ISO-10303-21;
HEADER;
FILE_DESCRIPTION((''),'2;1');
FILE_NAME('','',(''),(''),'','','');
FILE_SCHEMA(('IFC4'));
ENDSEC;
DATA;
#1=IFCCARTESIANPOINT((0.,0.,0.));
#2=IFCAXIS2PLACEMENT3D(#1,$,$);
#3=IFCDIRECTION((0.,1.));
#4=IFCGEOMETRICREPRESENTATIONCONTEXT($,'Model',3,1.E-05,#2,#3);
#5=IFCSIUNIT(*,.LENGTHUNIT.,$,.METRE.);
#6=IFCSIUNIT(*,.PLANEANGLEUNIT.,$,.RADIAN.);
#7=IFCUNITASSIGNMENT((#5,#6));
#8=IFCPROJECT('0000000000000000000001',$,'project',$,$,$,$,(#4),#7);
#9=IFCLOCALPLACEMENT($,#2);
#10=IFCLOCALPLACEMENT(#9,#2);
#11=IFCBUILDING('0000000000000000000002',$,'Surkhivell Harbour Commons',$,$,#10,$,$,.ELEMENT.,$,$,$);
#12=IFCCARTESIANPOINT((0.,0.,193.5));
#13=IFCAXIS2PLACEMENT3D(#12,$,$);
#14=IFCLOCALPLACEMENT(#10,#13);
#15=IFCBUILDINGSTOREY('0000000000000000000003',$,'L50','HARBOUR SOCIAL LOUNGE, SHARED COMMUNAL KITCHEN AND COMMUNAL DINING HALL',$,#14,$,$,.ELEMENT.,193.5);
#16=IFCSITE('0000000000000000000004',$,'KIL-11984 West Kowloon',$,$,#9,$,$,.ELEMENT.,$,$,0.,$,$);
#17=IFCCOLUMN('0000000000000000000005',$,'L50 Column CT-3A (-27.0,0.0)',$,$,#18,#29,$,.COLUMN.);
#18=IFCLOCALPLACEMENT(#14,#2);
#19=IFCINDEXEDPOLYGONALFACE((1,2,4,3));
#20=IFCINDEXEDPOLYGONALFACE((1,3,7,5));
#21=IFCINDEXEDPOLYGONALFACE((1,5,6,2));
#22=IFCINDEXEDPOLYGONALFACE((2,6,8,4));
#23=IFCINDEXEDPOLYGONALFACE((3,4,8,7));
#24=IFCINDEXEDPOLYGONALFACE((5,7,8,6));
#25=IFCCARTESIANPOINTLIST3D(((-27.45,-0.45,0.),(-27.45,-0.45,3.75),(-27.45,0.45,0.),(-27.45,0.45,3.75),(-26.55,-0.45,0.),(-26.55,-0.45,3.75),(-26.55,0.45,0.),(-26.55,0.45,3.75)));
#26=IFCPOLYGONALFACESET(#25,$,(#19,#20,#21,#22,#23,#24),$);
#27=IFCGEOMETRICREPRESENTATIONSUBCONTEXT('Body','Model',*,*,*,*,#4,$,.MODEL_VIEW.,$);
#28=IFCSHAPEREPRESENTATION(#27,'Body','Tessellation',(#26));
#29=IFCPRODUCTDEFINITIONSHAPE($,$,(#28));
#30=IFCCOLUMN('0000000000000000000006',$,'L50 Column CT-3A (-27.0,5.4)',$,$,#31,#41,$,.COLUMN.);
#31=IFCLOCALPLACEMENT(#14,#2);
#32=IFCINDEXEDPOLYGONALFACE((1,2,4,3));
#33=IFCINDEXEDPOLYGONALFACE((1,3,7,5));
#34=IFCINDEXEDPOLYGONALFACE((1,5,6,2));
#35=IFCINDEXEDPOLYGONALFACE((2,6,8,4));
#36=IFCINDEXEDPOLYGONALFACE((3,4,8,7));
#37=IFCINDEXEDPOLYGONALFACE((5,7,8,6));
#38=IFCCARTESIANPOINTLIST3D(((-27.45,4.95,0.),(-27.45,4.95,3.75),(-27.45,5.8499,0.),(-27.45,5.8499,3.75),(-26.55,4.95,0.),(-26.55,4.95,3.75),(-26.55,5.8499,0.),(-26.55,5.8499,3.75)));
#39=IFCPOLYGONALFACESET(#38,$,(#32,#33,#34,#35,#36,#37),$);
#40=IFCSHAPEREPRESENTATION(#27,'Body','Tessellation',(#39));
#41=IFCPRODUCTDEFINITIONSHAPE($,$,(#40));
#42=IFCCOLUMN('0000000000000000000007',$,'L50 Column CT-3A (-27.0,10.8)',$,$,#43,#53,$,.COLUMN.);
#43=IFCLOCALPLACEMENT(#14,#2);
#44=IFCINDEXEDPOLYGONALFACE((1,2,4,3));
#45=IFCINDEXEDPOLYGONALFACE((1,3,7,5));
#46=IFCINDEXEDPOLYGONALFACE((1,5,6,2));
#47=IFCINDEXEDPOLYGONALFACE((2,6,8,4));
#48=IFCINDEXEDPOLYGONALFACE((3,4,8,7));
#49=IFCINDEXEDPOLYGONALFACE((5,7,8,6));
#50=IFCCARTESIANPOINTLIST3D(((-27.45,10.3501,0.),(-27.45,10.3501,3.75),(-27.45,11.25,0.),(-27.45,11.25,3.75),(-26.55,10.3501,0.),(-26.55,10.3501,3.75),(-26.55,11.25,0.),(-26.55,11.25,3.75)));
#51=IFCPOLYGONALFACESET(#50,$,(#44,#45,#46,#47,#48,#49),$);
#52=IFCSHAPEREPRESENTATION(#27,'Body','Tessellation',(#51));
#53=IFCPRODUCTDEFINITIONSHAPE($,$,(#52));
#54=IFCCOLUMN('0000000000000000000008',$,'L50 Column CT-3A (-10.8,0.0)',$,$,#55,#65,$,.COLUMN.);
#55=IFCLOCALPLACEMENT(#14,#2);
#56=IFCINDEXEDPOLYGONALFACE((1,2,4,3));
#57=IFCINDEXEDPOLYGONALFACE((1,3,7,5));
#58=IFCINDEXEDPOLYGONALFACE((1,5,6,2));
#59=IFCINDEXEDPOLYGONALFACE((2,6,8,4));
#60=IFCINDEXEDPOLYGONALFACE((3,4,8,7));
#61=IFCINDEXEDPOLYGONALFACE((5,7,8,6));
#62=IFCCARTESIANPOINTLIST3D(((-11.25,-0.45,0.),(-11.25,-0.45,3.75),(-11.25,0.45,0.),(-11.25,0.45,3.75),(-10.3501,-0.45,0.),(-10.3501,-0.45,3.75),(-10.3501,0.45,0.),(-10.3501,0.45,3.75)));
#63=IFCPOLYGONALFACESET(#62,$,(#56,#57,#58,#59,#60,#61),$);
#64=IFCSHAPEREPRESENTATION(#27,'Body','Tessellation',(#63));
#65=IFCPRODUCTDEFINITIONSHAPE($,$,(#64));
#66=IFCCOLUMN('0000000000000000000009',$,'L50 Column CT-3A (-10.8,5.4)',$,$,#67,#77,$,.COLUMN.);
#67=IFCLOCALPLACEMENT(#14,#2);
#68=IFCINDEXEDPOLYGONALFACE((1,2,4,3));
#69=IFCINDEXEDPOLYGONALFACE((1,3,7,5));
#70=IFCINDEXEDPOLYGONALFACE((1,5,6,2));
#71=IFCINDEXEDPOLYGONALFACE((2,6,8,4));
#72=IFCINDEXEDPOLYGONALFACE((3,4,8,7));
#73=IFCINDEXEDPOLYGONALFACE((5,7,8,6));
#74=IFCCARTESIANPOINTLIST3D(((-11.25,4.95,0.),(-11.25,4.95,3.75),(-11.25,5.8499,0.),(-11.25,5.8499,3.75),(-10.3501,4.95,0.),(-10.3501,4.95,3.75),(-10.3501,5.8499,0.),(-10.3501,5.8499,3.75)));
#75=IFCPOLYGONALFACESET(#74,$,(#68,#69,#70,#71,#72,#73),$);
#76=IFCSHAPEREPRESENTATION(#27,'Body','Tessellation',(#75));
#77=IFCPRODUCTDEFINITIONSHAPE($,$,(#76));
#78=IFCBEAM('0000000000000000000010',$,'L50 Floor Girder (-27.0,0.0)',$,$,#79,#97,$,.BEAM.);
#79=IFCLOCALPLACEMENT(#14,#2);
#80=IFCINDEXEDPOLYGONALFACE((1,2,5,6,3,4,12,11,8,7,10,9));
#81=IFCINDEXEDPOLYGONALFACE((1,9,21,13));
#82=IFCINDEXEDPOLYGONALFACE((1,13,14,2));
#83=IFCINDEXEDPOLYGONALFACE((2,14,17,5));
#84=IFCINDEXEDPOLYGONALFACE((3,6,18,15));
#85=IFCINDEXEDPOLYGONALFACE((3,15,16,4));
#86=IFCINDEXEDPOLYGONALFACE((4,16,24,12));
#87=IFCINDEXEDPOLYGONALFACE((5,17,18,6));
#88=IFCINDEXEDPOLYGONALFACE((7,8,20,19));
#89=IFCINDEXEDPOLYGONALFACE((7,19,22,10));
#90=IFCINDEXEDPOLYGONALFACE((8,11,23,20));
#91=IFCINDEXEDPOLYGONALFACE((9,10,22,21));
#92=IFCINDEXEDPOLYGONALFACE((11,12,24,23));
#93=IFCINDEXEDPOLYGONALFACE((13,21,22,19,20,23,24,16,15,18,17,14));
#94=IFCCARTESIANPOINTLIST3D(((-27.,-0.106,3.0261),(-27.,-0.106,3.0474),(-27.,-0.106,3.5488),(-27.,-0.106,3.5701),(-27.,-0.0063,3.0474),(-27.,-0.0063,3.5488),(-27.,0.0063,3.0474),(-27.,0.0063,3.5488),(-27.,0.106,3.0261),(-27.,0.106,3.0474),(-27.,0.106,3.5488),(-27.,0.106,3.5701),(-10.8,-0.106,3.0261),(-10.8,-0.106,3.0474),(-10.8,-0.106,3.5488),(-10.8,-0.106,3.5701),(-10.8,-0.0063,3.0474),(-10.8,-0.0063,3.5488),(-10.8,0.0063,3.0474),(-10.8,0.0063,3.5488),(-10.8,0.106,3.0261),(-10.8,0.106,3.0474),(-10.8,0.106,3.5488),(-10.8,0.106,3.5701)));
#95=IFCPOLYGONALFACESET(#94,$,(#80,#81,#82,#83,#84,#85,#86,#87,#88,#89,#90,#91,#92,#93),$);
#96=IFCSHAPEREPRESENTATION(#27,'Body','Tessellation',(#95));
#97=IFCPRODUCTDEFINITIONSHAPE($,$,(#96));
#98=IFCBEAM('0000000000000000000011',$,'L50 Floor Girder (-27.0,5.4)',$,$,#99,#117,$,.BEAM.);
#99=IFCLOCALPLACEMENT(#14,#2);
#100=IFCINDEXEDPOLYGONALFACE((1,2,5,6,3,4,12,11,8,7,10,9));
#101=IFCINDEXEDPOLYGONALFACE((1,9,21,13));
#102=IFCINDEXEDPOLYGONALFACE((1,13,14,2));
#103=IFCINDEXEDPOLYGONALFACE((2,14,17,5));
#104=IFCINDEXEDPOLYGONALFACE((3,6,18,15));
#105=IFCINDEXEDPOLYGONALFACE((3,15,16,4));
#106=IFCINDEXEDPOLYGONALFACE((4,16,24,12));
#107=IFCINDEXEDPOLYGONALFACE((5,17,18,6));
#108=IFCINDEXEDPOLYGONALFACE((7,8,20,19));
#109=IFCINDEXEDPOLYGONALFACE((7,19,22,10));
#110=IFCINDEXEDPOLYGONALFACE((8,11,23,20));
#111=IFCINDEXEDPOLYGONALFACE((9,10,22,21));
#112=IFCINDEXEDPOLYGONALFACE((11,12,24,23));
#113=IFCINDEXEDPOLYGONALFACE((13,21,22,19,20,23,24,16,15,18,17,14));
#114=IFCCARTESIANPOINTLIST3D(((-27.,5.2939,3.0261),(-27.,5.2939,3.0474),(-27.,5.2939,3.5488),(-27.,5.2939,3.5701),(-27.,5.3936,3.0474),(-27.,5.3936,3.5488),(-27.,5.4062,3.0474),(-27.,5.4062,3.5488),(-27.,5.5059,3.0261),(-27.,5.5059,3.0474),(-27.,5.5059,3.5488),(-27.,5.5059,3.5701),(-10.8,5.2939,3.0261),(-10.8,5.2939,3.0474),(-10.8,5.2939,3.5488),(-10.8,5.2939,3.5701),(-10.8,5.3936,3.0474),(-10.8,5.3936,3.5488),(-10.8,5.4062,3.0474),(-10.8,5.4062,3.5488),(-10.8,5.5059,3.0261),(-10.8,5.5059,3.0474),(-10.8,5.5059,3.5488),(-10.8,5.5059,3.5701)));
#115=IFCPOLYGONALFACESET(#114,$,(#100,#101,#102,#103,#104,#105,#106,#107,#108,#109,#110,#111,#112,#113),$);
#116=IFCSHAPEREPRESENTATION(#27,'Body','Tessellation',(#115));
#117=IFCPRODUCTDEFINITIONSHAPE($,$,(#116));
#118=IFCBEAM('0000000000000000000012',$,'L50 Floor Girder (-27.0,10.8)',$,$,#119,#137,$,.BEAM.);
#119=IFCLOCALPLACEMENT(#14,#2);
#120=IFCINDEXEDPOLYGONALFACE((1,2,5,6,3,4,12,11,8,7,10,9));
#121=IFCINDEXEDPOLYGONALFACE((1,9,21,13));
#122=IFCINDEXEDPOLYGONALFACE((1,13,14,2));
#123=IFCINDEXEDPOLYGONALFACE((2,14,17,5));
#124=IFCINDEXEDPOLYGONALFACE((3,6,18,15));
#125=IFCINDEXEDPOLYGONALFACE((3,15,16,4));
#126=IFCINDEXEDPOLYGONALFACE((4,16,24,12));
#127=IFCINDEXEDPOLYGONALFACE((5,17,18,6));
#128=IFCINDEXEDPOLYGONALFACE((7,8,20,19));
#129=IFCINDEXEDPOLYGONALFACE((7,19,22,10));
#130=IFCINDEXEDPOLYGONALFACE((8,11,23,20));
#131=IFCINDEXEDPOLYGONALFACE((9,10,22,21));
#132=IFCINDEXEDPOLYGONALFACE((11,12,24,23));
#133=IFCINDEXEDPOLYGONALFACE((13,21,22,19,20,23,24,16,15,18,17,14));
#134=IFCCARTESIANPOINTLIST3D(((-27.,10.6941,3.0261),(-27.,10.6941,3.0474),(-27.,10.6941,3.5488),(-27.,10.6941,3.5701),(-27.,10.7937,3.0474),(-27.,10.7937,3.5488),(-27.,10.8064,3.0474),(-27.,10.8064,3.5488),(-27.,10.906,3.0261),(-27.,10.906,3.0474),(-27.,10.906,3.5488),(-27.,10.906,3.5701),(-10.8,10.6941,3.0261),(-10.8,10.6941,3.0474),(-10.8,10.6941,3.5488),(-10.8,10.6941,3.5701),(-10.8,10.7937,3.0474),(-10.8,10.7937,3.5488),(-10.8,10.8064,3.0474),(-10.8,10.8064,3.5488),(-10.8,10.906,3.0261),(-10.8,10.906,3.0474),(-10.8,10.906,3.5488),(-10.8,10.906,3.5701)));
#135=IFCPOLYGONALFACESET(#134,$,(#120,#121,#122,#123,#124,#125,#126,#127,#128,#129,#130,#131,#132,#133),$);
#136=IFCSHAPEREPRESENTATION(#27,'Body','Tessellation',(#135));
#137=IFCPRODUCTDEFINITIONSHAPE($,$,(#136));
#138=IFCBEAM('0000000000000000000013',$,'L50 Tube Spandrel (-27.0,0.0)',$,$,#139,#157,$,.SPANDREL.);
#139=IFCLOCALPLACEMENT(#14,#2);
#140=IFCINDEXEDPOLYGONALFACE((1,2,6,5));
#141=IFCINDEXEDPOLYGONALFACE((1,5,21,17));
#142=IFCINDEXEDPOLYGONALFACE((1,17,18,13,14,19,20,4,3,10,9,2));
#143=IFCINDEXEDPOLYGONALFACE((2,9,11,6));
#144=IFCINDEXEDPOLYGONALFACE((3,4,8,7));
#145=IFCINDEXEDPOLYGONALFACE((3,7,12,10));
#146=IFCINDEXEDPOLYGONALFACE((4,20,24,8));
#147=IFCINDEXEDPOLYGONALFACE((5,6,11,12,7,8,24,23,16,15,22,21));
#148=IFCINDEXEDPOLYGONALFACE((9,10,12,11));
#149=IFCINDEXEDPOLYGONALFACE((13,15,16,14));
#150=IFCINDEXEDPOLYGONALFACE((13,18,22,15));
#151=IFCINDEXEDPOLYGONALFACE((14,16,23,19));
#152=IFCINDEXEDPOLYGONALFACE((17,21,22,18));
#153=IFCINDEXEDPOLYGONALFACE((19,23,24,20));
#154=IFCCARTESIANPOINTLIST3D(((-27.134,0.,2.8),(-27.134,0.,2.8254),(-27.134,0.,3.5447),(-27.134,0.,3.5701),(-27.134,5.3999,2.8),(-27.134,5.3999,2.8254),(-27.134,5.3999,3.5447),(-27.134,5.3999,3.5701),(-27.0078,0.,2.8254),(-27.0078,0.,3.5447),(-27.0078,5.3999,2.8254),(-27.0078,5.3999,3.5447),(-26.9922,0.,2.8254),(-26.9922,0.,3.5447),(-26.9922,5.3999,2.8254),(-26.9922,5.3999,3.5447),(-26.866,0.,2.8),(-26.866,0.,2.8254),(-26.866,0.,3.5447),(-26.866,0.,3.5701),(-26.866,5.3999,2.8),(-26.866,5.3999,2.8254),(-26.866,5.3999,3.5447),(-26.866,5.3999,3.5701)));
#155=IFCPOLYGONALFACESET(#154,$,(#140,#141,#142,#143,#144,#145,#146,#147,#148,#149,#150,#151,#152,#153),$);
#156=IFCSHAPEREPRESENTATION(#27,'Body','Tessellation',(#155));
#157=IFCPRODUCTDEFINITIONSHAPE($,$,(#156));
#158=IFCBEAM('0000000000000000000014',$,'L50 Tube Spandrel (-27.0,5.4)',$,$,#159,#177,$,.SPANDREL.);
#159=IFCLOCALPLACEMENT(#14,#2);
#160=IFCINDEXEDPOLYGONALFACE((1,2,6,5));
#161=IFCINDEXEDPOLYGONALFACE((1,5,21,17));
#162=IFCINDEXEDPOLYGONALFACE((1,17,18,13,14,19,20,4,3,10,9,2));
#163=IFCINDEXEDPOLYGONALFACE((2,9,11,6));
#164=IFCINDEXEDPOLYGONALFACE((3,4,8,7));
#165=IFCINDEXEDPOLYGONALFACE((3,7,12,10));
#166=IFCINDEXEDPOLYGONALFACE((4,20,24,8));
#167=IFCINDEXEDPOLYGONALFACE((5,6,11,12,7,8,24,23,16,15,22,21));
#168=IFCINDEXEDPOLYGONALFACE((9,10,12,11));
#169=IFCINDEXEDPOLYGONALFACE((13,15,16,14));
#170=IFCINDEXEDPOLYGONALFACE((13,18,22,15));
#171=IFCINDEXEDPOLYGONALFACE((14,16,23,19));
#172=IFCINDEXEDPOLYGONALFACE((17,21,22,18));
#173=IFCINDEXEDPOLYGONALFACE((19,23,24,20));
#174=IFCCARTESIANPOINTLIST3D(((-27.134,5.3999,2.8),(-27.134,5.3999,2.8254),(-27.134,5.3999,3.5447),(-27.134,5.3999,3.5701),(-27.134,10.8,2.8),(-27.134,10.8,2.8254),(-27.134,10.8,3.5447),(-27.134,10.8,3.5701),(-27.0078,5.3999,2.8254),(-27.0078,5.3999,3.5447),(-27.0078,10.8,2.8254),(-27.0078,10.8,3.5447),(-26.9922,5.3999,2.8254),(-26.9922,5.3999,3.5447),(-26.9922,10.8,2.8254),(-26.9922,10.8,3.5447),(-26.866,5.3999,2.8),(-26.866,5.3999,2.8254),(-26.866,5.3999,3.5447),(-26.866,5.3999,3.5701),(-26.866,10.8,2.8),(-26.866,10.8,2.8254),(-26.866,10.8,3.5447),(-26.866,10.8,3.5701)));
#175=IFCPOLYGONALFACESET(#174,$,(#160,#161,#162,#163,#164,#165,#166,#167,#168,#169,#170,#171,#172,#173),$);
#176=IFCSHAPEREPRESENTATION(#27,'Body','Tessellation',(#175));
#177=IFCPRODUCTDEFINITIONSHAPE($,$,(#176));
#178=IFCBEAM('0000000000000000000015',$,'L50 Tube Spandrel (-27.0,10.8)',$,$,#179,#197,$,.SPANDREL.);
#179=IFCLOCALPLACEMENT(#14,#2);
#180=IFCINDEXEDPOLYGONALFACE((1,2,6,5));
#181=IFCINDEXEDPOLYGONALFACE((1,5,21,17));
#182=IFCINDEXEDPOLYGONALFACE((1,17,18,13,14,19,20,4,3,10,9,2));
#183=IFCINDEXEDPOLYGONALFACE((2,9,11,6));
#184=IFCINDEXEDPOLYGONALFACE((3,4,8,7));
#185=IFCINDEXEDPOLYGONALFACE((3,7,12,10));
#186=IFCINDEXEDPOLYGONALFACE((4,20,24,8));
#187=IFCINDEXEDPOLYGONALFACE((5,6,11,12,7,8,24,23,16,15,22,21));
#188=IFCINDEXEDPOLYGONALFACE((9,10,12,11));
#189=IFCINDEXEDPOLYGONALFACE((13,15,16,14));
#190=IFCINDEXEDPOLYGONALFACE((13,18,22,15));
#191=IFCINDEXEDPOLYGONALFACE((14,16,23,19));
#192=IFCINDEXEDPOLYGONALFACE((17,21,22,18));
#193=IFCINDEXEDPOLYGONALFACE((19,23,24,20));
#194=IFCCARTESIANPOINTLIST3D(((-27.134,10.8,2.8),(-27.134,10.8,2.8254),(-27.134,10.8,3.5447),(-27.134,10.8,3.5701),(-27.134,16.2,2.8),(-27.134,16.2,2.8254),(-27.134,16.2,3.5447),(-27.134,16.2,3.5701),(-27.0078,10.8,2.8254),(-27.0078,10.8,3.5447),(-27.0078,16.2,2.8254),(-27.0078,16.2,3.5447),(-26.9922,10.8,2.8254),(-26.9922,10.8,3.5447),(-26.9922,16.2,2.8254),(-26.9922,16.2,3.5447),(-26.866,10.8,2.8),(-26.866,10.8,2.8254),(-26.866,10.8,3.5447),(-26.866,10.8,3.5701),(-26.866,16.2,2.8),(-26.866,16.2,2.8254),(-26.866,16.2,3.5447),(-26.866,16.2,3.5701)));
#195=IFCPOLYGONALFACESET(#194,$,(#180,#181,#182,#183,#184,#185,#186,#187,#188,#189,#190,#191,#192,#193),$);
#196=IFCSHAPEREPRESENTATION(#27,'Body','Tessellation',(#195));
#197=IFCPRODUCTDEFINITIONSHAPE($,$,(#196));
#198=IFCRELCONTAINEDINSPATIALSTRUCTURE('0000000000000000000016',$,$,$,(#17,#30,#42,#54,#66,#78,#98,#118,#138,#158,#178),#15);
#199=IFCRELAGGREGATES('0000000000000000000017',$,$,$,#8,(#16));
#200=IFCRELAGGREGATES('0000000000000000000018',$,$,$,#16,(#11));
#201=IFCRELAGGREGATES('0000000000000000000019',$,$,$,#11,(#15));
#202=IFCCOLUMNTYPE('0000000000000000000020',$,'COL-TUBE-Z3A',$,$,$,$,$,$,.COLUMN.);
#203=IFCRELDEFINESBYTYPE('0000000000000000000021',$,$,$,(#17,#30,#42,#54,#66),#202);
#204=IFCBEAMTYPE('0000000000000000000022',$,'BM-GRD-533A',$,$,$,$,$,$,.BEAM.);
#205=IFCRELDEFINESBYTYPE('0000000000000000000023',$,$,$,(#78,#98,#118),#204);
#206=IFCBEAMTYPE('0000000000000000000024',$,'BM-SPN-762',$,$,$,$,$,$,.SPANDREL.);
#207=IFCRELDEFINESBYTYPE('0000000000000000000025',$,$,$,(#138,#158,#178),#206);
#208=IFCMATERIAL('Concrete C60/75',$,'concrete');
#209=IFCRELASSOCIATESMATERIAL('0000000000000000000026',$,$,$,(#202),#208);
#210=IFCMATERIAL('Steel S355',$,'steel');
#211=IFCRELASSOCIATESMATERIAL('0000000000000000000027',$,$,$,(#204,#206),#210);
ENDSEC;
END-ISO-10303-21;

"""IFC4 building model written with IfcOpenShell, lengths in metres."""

from ifc_helpers import new_model, si_unit, direction, frame, origin, origin_2d, place, context, subcontext, project, spatial, rectangle, i_section, extrude, material, material_profile, profile_set, type_object, element, save


model = new_model("IFC4")

# Units and contexts
model_context = context("Model", 3, precision=1e-05, world=origin(), true_north=direction((0.0, 1.0)))
body_context = subcontext(model_context, "Body", "Model", "MODEL_VIEW")
ifc_project = project(units=[si_unit("LENGTHUNIT", "METRE"), si_unit("PLANEANGLEUNIT", "RADIAN")], contexts=[model_context])

# Site, building, storey
site_placement = place(None, origin())
site = spatial("IfcSite", under=ifc_project, at=site_placement, Name="KIL-11984 West Kowloon", CompositionType="ELEMENT", RefElevation=0.0)
building_placement = place(site_placement, origin())
building = spatial("IfcBuilding", under=site, at=building_placement, Name="Surkhivell Harbour Commons", CompositionType="ELEMENT")
storey_placement = place(building_placement, frame((0.0, 0.0, 193.5)))
storey = spatial("IfcBuildingStorey", under=building, at=storey_placement, Name="L50", Description="HARBOUR SOCIAL LOUNGE, SHARED COMMUNAL KITCHEN AND COMMUNAL DINING HALL", CompositionType="ELEMENT", Elevation=193.5)

# Columns
ifc_material_1 = material(Name="Concrete C60/75", Category="concrete")
ifc_material_profile_1 = material_profile(ifc_material_1, rectangle(XDim=0.8999, YDim=0.8999, at=origin_2d()), Name="RC-COL-900x900")
ifc_profile_set_1 = profile_set([ifc_material_profile_1], Name="Concrete C60/75")
column_type = type_object("IfcColumnType", Name="COL-TUBE-Z3A", PredefinedType="COLUMN", material=ifc_profile_set_1)
for number, where, z_axis, x_axis, name in (
    (1, (-27.0, 0.0, 0.0), (0.0, 0.0, 1.0), (1.0, 0.0, 0.0), "L50 Column CT-3A (-27.0,0.0)"),
    (2, (-27.0, 5.3999, 0.0), (0.0, 0.0, 1.0), (1.0, 0.0, 0.0), "L50 Column CT-3A (-27.0,5.4)"),
    (3, (-27.0, 10.8, 0.0), (0.0, 0.0, 1.0), (1.0, 0.0, 0.0), "L50 Column CT-3A (-27.0,10.8)"),
    (4, (-10.8, 0.0, 0.0), (0.0, 0.0, 1.0), (1.0, 0.0, 0.0), "L50 Column CT-3A (-10.8,0.0)"),
    (5, (-10.8, 5.3999, 0.0), (0.0, 0.0, 1.0), (1.0, 0.0, 0.0), "L50 Column CT-3A (-10.8,5.4)"),
):
    element("IfcColumn", number, at=place(storey_placement, frame(where, z_axis=z_axis, x_axis=x_axis)), inside=storey, type_object=column_type, Name=name, PredefinedType="COLUMN", context=body_context, shape_type="SweptSolid", body=[
        extrude(rectangle(XDim=0.8999, YDim=0.8999, at=origin_2d()), origin(), (0.0, 0.0, 1.0), 3.75),
    ])

# Beams
ifc_material_2 = material(Name="Steel S355", Category="steel")
ifc_material_profile_2 = material_profile(ifc_material_2, i_section(OverallWidth=0.2119, OverallDepth=0.5439, WebThickness=0.0127, FlangeThickness=0.0212, at=origin_2d()), Name="UB533x210x122")
ifc_profile_set_2 = profile_set([ifc_material_profile_2], Name="Steel S355")
beam_type_1 = type_object("IfcBeamType", Name="BM-GRD-533A", PredefinedType="BEAM", material=ifc_profile_set_2)
for number, where, z_axis, x_axis, name in (
    (6, (-27.0, 0.0, 3.2981), (1.0, 0.0, 0.0), (0.0, 1.0, 0.0), "L50 Floor Girder (-27.0,0.0)"),
    (7, (-27.0, 5.3999, 3.2981), (1.0, 0.0, 0.0), (0.0, 1.0, 0.0), "L50 Floor Girder (-27.0,5.4)"),
    (8, (-27.0, 10.8, 3.2981), (1.0, 0.0, 0.0), (0.0, 1.0, 0.0), "L50 Floor Girder (-27.0,10.8)"),
):
    element("IfcBeam", number, at=place(storey_placement, frame(where, z_axis=z_axis, x_axis=x_axis)), inside=storey, type_object=beam_type_1, Name=name, PredefinedType="BEAM", context=body_context, shape_type="SweptSolid", body=[
        extrude(i_section(OverallWidth=0.2119, OverallDepth=0.5439, WebThickness=0.0127, FlangeThickness=0.0212, at=origin_2d()), origin(), (0.0, 0.0, 1.0), 16.2),
    ])
ifc_material_profile_3 = material_profile(ifc_material_2, i_section(OverallWidth=0.2681, OverallDepth=0.77, WebThickness=0.0156, FlangeThickness=0.0254, at=origin_2d()), Name="UB762x267x197")
ifc_profile_set_3 = profile_set([ifc_material_profile_3], Name="Steel S355")
beam_type_2 = type_object("IfcBeamType", Name="BM-SPN-762", PredefinedType="SPANDREL", material=ifc_profile_set_3)
beam_1_placement = place(storey_placement, frame((-27.0, 0.0, 3.1851), z_axis=(0.0, 1.0, 0.0), x_axis=(-1.0, 0.0, 0.0)))
element("IfcBeam", 9, at=beam_1_placement, inside=storey, type_object=beam_type_2, Name="L50 Tube Spandrel (-27.0,0.0)", PredefinedType="SPANDREL", context=body_context, shape_type="SweptSolid", body=[
    extrude(i_section(OverallWidth=0.2681, OverallDepth=0.77, WebThickness=0.0156, FlangeThickness=0.0254, at=origin_2d()), origin(), (0.0, 0.0, 1.0), 5.3999),
])
beam_2_placement = place(storey_placement, frame((-27.0, 5.3999, 3.1851), z_axis=(0.0, 1.0, 0.0), x_axis=(-1.0, 0.0, 0.0)))
element("IfcBeam", 10, at=beam_2_placement, inside=storey, type_object=beam_type_2, Name="L50 Tube Spandrel (-27.0,5.4)", PredefinedType="SPANDREL", context=body_context, shape_type="SweptSolid", body=[
    extrude(i_section(OverallWidth=0.2681, OverallDepth=0.77, WebThickness=0.0156, FlangeThickness=0.0254, at=origin_2d()), origin(), (0.0, 0.0, 1.0), 5.4001),
])
beam_3_placement = place(storey_placement, frame((-27.0, 10.8, 3.1851), z_axis=(0.0, 1.0, 0.0), x_axis=(-1.0, 0.0, 0.0)))
element("IfcBeam", 11, at=beam_3_placement, inside=storey, type_object=beam_type_2, Name="L50 Tube Spandrel (-27.0,10.8)", PredefinedType="SPANDREL", context=body_context, shape_type="SweptSolid", body=[
    extrude(i_section(OverallWidth=0.2681, OverallDepth=0.77, WebThickness=0.0156, FlangeThickness=0.0254, at=origin_2d()), origin(), (0.0, 0.0, 1.0), 5.3999),
])

save(model, "model.ifc")
